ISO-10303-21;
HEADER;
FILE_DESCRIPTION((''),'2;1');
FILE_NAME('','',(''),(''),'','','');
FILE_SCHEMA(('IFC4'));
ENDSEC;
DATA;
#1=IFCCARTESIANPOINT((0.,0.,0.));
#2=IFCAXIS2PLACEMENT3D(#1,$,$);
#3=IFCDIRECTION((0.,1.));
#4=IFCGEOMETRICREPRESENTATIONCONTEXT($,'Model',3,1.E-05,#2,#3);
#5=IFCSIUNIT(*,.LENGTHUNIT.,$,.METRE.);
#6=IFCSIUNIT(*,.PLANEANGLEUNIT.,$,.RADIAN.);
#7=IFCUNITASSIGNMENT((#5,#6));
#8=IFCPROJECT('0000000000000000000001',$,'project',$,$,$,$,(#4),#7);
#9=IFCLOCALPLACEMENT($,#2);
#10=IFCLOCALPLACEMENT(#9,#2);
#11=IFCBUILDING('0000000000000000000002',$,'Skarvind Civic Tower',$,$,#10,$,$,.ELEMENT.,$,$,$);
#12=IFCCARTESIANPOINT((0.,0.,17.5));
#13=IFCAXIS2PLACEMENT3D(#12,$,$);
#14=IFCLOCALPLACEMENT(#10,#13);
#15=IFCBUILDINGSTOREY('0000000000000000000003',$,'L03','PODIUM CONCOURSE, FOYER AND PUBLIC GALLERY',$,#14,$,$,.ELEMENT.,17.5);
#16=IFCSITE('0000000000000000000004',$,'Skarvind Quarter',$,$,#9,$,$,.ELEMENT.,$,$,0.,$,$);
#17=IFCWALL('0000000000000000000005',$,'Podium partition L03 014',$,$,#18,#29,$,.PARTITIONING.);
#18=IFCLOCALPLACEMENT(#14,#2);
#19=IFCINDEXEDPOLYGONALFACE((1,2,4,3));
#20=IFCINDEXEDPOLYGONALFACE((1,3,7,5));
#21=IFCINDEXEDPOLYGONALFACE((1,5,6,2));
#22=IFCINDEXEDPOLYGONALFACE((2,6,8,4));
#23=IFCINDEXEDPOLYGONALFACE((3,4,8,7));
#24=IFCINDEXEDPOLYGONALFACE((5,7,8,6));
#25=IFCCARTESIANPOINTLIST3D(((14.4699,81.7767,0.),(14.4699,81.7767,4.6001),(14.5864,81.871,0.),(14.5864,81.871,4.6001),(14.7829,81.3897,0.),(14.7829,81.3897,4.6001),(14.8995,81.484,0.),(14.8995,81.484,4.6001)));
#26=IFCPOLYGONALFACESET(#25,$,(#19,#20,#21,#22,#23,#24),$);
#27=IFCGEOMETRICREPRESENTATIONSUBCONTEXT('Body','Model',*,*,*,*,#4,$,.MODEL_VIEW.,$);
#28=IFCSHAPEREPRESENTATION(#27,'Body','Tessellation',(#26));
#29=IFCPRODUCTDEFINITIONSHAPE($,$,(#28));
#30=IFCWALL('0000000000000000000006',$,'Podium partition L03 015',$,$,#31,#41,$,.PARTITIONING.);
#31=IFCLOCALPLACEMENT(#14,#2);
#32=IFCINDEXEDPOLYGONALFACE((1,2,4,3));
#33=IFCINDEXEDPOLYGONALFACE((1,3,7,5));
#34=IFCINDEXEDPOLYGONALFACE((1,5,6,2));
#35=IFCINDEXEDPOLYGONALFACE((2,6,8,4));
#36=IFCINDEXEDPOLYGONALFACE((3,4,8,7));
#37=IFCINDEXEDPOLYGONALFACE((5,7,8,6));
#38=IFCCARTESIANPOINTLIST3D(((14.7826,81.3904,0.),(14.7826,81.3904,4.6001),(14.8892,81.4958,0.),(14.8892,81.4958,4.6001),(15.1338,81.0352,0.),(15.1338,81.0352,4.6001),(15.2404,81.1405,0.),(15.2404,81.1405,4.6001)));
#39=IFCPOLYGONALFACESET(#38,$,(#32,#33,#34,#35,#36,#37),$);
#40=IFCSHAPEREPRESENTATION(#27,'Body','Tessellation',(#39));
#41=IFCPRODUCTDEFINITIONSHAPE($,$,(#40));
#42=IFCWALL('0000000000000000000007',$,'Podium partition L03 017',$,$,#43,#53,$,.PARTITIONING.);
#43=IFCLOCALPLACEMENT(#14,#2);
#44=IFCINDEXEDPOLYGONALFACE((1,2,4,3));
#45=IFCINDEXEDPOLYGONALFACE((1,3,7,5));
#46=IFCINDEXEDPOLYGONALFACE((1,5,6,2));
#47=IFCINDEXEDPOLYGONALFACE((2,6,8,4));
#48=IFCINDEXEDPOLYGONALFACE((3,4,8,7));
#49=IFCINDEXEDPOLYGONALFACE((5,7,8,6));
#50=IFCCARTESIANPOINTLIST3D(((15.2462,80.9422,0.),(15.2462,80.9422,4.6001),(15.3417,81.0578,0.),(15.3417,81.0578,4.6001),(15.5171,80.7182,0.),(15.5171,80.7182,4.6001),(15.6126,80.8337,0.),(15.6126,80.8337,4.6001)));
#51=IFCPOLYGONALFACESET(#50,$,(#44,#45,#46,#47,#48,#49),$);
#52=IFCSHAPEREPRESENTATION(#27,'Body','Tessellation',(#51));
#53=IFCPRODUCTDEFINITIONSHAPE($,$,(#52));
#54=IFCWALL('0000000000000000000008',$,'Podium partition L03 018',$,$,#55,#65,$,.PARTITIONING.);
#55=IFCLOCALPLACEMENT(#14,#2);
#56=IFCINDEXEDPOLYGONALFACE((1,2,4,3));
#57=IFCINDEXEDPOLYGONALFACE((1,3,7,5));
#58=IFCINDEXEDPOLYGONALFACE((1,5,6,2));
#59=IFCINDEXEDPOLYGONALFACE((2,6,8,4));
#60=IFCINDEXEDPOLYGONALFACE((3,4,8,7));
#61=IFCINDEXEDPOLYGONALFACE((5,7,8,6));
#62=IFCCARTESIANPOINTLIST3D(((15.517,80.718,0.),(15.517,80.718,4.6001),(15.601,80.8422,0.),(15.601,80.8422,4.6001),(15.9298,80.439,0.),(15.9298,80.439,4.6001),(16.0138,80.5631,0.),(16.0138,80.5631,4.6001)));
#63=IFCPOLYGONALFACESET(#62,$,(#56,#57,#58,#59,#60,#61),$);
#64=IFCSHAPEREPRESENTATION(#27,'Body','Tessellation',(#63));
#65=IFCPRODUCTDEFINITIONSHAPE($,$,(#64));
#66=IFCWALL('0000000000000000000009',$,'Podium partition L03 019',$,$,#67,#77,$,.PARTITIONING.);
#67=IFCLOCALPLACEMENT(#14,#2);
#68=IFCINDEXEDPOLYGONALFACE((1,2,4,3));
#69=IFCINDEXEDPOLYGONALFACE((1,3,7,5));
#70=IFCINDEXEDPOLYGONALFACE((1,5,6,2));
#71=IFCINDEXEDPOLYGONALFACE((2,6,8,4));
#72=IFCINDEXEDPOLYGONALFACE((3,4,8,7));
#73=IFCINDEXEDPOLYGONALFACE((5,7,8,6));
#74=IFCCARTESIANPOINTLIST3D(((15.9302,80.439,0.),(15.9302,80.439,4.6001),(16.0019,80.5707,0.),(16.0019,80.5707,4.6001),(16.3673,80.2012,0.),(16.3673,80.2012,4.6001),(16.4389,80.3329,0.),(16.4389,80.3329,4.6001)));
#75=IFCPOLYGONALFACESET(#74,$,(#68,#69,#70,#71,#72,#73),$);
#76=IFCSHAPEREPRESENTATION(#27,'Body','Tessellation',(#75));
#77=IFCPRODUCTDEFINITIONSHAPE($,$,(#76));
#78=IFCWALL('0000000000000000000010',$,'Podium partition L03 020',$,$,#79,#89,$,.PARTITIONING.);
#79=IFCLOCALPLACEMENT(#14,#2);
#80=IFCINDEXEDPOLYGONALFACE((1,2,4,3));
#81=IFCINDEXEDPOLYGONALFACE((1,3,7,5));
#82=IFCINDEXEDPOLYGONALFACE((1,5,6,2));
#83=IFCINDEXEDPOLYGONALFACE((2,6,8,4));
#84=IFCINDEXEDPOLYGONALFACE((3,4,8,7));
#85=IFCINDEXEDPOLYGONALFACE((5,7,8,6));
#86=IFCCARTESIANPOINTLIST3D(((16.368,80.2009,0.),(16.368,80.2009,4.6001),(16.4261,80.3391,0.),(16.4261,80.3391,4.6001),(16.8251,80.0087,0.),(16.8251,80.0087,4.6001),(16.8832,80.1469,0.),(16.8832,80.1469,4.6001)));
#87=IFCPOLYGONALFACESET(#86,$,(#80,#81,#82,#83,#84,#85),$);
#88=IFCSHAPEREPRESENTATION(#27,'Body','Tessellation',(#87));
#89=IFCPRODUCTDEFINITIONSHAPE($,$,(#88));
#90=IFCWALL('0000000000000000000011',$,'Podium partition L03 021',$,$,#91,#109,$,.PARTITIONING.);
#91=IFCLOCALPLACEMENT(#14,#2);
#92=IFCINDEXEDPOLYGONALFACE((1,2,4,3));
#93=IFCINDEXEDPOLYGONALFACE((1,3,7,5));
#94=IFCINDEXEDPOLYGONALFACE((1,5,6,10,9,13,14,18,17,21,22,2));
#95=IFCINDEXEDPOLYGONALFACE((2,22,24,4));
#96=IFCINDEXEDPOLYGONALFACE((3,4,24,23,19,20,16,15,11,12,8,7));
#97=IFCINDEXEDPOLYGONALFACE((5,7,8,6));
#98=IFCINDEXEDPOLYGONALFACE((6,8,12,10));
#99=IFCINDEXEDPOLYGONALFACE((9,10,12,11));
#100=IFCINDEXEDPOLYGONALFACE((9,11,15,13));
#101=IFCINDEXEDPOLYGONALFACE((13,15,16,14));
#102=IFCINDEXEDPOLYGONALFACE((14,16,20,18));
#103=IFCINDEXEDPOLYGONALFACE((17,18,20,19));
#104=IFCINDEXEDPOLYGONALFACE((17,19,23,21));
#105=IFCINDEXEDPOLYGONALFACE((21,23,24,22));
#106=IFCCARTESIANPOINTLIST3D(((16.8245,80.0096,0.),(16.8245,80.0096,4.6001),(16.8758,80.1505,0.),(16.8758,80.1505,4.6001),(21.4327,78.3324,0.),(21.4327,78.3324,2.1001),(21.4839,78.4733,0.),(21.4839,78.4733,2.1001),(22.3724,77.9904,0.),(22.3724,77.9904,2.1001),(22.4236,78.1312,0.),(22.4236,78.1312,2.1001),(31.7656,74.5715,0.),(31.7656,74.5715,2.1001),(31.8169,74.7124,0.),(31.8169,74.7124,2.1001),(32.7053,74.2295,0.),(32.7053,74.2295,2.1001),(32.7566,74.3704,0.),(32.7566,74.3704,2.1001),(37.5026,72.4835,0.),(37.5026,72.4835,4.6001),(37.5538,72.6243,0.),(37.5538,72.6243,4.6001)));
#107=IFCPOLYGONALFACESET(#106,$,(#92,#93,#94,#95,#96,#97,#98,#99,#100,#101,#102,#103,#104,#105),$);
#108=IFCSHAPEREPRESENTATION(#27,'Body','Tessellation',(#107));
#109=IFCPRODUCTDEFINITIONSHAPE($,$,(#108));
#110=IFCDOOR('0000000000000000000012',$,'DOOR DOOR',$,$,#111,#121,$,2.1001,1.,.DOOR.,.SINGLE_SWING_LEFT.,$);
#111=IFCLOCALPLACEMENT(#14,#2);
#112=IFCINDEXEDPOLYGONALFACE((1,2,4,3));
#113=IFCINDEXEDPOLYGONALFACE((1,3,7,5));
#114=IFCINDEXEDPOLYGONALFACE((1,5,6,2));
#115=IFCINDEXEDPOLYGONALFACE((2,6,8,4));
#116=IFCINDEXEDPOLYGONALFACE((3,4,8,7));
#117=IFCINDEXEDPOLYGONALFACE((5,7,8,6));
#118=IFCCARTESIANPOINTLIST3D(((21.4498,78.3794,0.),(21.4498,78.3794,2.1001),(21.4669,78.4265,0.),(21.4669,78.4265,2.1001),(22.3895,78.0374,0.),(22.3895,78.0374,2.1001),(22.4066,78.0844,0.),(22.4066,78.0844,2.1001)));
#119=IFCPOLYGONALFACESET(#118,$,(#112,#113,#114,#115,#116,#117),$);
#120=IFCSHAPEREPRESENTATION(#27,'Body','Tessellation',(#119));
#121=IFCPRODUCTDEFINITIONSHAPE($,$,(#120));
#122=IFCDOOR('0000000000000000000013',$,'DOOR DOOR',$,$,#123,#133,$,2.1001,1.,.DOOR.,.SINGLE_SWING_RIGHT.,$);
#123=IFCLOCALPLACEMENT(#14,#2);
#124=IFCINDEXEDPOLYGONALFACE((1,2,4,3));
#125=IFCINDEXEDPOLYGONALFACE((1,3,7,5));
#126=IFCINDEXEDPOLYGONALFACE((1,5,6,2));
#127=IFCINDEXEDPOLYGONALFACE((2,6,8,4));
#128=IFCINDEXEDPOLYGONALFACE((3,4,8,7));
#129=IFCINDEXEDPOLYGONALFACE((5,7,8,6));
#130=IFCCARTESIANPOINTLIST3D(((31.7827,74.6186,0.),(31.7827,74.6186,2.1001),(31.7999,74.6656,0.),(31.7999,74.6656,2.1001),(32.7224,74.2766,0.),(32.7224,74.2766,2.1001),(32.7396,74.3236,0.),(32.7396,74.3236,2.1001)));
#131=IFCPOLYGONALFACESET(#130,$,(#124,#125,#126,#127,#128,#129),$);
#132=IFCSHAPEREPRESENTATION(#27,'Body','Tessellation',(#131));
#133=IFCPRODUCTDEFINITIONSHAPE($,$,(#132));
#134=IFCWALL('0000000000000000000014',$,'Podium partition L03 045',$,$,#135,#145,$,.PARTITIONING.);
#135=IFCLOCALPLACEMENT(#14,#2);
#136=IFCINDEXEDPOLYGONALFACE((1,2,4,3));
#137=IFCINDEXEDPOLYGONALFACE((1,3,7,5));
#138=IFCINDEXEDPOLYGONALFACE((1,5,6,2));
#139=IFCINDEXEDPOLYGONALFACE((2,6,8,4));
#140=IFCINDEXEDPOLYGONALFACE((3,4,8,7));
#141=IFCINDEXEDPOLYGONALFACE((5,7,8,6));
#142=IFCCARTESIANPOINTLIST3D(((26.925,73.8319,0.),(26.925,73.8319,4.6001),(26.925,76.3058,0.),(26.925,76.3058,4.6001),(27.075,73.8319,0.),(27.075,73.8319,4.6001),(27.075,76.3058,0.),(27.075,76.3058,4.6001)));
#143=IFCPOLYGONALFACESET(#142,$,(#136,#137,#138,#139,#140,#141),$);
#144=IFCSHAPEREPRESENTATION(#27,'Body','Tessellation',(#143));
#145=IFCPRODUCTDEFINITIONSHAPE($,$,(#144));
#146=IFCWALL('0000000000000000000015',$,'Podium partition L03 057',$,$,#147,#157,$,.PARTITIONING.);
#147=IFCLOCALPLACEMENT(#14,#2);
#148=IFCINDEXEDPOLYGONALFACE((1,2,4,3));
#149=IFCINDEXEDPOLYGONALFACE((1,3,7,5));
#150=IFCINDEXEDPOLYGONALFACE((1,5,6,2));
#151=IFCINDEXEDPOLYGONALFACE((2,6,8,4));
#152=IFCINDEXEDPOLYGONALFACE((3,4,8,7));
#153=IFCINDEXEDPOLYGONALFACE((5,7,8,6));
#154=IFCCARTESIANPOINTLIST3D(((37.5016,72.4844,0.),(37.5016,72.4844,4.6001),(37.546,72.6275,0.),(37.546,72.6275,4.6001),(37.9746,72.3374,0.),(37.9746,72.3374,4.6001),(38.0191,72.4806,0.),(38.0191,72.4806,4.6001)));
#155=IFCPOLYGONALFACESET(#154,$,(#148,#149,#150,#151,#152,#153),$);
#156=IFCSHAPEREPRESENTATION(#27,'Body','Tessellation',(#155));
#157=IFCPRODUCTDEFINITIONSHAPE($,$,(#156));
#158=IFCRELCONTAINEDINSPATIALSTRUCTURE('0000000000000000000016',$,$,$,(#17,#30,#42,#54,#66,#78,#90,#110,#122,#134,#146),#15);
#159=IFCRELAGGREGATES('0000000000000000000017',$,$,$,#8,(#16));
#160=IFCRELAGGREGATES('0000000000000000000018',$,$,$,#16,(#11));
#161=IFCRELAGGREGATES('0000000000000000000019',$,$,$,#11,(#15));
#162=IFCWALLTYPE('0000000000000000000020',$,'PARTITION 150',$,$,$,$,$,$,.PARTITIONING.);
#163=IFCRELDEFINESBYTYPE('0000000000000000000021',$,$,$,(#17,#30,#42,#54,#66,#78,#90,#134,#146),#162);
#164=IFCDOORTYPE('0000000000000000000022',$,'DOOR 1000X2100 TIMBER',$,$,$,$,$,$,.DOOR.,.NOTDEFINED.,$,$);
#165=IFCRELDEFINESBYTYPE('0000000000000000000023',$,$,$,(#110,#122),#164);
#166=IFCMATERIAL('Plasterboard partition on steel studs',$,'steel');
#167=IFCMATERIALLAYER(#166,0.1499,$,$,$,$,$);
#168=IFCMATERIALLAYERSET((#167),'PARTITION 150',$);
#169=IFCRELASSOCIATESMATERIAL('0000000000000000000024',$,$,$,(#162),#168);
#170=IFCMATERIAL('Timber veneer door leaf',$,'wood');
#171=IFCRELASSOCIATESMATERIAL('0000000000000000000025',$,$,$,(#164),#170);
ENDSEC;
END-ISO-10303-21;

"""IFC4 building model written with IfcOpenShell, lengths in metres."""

from ifc_helpers import new_model, si_unit, direction, frame, frame_2d, origin, place, context, subcontext, project, spatial, rectangle, extrude, material, layer, layer_set, type_object, element, fill, save


model = new_model("IFC4")

# Units and contexts
model_context = context("Model", 3, precision=1e-05, world=origin(), true_north=direction((0.0, 1.0)))
body_context = subcontext(model_context, "Body", "Model", "MODEL_VIEW")
ifc_project = project(units=[si_unit("LENGTHUNIT", "METRE"), si_unit("PLANEANGLEUNIT", "RADIAN")], contexts=[model_context])

# Site, building, storey
site_placement = place(None, origin())
site = spatial("IfcSite", under=ifc_project, at=site_placement, Name="Skarvind Quarter", CompositionType="ELEMENT", RefElevation=0.0)
building_placement = place(site_placement, origin())
building = spatial("IfcBuilding", under=site, at=building_placement, Name="Skarvind Civic Tower", CompositionType="ELEMENT")
storey_placement = place(building_placement, frame((0.0, 0.0, 17.5)))
storey = spatial("IfcBuildingStorey", under=building, at=storey_placement, Name="L03", Description="PODIUM CONCOURSE, FOYER AND PUBLIC GALLERY", CompositionType="ELEMENT", Elevation=17.5)

# Walls
ifc_material_1 = material(Name="Plasterboard partition on steel studs", Category="steel")
ifc_layer_1 = layer(ifc_material_1, 0.1499)
ifc_layer_set_1 = layer_set([ifc_layer_1], Name="PARTITION 150")
wall_type_1 = type_object("IfcWallType", Name="PARTITION 150", PredefinedType="PARTITIONING", material=ifc_layer_set_1)
wall_1_placement = place(storey_placement, frame((14.5281, 81.824, 0.0), z_axis=(0.0, 0.0, 1.0), x_axis=(0.628874, -0.777508, 0.0)))
element("IfcWall", 1, at=wall_1_placement, inside=storey, type_object=wall_type_1, Name="Podium partition L03 014", PredefinedType="PARTITIONING", context=body_context, shape_type="SweptSolid", body=[
    extrude(rectangle(XDim=0.4978, YDim=0.1499, at=frame_2d((0.249, 0.0))), origin(), (0.0, 0.0, 1.0), 4.6001),
])
wall_2_placement = place(storey_placement, frame((14.8359, 81.4431, 0.0), z_axis=(0.0, 0.0, 1.0), x_axis=(0.70294, -0.71125, 0.0)))
element("IfcWall", 2, at=wall_2_placement, inside=storey, type_object=wall_type_1, Name="Podium partition L03 015", PredefinedType="PARTITIONING", context=body_context, shape_type="SweptSolid", body=[
    extrude(rectangle(XDim=0.4995, YDim=0.1499, at=frame_2d((0.2498, 0.0))), origin(), (0.0, 0.0, 1.0), 4.6001),
])
wall_3_placement = place(storey_placement, frame((15.2939, 81.0, 0.0), z_axis=(0.0, 0.0, 1.0), x_axis=(0.770606, -0.637312, 0.0)))
element("IfcWall", 3, at=wall_3_placement, inside=storey, type_object=wall_type_1, Name="Podium partition L03 017", PredefinedType="PARTITIONING", context=body_context, shape_type="SweptSolid", body=[
    extrude(rectangle(XDim=0.3516, YDim=0.1499, at=frame_2d((0.1758, 0.0))), origin(), (0.0, 0.0, 1.0), 4.6001),
])
wall_4_placement = place(storey_placement, frame((15.5591, 80.78, 0.0), z_axis=(0.0, 0.0, 1.0), x_axis=(0.828491, -0.560003, 0.0)))
element("IfcWall", 4, at=wall_4_placement, inside=storey, type_object=wall_type_1, Name="Podium partition L03 018", PredefinedType="PARTITIONING", context=body_context, shape_type="SweptSolid", body=[
    extrude(rectangle(XDim=0.4983, YDim=0.1499, at=frame_2d((0.249, 0.0))), origin(), (0.0, 0.0, 1.0), 4.6001),
])
wall_5_placement = place(storey_placement, frame((15.9661, 80.5049, 0.0), z_axis=(0.0, 0.0, 1.0), x_axis=(0.878383, -0.477958, 0.0)))
element("IfcWall", 5, at=wall_5_placement, inside=storey, type_object=wall_type_1, Name="Podium partition L03 019", PredefinedType="PARTITIONING", context=body_context, shape_type="SweptSolid", body=[
    extrude(rectangle(XDim=0.4976, YDim=0.1499, at=frame_2d((0.2488, 0.0))), origin(), (0.0, 0.0, 1.0), 4.6001),
])
wall_6_placement = place(storey_placement, frame((16.397, 80.27, 0.0), z_axis=(0.0, 0.0, 1.0), x_axis=(0.921848, -0.387551, 0.0)))
element("IfcWall", 6, at=wall_6_placement, inside=storey, type_object=wall_type_1, Name="Podium partition L03 020", PredefinedType="PARTITIONING", context=body_context, shape_type="SweptSolid", body=[
    extrude(rectangle(XDim=0.4958, YDim=0.1499, at=frame_2d((0.248, 0.0))), origin(), (0.0, 0.0, 1.0), 4.6001),
])

# Wall, openings, doors
wall_7_placement = place(storey_placement, frame((37.5281, 72.554, 0.0), z_axis=(0.0, 0.0, 1.0), x_axis=(-0.939693, 0.342018, 0.0)))
wall_7 = element("IfcWall", 7, at=wall_7_placement, inside=storey, type_object=wall_type_1, Name="Podium partition L03 021", PredefinedType="PARTITIONING", context=body_context, shape_type="SweptSolid", body=[
    extrude(rectangle(XDim=22.0051, YDim=0.1499, at=frame_2d((11.0024, 0.0))), origin(), (0.0, 0.0, 1.0), 4.6001),
])
opening_1_placement = place(wall_7_placement, frame((16.1011, 0.0, 0.0)))
opening_1 = element("IfcOpeningElement", 8, at=opening_1_placement, cuts=wall_7, PredefinedType="OPENING", context=body_context, shape_type="SweptSolid", body=[
    extrude(rectangle(XDim=1.0, YDim=2.1001, at=frame_2d((0.5, 1.05))), frame((0.0, 0.085, 0.0), z_axis=(0.0, -1.0, 0.0), x_axis=(1.0, 0.0, 0.0)), (0.0, 0.0, 1.0), 0.1699),
])
opening_2_placement = place(wall_7_placement, frame((5.105, 0.0, 0.0)))
opening_2 = element("IfcOpeningElement", 9, at=opening_2_placement, cuts=wall_7, PredefinedType="OPENING", context=body_context, shape_type="SweptSolid", body=[
    extrude(rectangle(XDim=1.0, YDim=2.1001, at=frame_2d((0.5, 1.05))), frame((0.0, 0.085, 0.0), z_axis=(0.0, -1.0, 0.0), x_axis=(1.0, 0.0, 0.0)), (0.0, 0.0, 1.0), 0.1699),
])
ifc_material_2 = material(Name="Timber veneer door leaf", Category="wood")
door_type_1 = type_object("IfcDoorType", Name="DOOR 1000X2100 TIMBER", OperationType="NOTDEFINED", PredefinedType="DOOR", material=ifc_material_2)
door_1_placement = place(opening_1_placement, origin())
door_1 = element("IfcDoor", 10, at=door_1_placement, inside=storey, type_object=door_type_1, Name="DOOR DOOR", OperationType="SINGLE_SWING_LEFT", OverallHeight=2.1001, OverallWidth=1.0, PredefinedType="DOOR", context=body_context, shape_type="SweptSolid", body=[
    extrude(rectangle(XDim=1.0, YDim=2.1001, at=frame_2d((0.5, 1.05))), frame((0.0, 0.0249, 0.0), z_axis=(0.0, -1.0, 0.0), x_axis=(1.0, 0.0, 0.0)), (0.0, 0.0, 1.0), 0.05),
])
fill(opening_1, door_1)
door_2_placement = place(opening_2_placement, origin())
door_2 = element("IfcDoor", 11, at=door_2_placement, inside=storey, type_object=door_type_1, Name="DOOR DOOR", OperationType="SINGLE_SWING_RIGHT", OverallHeight=2.1001, OverallWidth=1.0, PredefinedType="DOOR", context=body_context, shape_type="SweptSolid", body=[
    extrude(rectangle(XDim=1.0, YDim=2.1001, at=frame_2d((0.5, 1.05))), frame((0.0, 0.0249, 0.0), z_axis=(0.0, -1.0, 0.0), x_axis=(1.0, 0.0, 0.0)), (0.0, 0.0, 1.0), 0.05),
])
fill(opening_2, door_2)

# Walls
wall_8_placement = place(storey_placement, frame((27.0, 73.832, 0.0), z_axis=(0.0, 0.0, 1.0), x_axis=(0.0, 1.0, 0.0)))
element("IfcWall", 12, at=wall_8_placement, inside=storey, type_object=wall_type_1, Name="Podium partition L03 045", PredefinedType="PARTITIONING", context=body_context, shape_type="SweptSolid", body=[
    extrude(rectangle(XDim=2.4739, YDim=0.1499, at=frame_2d((1.2368, 0.0))), origin(), (0.0, 0.0, 1.0), 4.6001),
])
wall_9_placement = place(storey_placement, frame((37.5239, 72.5559, 0.0), z_axis=(0.0, 0.0, 1.0), x_axis=(0.954987, -0.296647, 0.0)))
element("IfcWall", 13, at=wall_9_placement, inside=storey, type_object=wall_type_1, Name="Podium partition L03 057", PredefinedType="PARTITIONING", context=body_context, shape_type="SweptSolid", body=[
    extrude(rectangle(XDim=0.4954, YDim=0.1499, at=frame_2d((0.2476, 0.0))), origin(), (0.0, 0.0, 1.0), 4.6001),
])

save(model, "model.ifc")
